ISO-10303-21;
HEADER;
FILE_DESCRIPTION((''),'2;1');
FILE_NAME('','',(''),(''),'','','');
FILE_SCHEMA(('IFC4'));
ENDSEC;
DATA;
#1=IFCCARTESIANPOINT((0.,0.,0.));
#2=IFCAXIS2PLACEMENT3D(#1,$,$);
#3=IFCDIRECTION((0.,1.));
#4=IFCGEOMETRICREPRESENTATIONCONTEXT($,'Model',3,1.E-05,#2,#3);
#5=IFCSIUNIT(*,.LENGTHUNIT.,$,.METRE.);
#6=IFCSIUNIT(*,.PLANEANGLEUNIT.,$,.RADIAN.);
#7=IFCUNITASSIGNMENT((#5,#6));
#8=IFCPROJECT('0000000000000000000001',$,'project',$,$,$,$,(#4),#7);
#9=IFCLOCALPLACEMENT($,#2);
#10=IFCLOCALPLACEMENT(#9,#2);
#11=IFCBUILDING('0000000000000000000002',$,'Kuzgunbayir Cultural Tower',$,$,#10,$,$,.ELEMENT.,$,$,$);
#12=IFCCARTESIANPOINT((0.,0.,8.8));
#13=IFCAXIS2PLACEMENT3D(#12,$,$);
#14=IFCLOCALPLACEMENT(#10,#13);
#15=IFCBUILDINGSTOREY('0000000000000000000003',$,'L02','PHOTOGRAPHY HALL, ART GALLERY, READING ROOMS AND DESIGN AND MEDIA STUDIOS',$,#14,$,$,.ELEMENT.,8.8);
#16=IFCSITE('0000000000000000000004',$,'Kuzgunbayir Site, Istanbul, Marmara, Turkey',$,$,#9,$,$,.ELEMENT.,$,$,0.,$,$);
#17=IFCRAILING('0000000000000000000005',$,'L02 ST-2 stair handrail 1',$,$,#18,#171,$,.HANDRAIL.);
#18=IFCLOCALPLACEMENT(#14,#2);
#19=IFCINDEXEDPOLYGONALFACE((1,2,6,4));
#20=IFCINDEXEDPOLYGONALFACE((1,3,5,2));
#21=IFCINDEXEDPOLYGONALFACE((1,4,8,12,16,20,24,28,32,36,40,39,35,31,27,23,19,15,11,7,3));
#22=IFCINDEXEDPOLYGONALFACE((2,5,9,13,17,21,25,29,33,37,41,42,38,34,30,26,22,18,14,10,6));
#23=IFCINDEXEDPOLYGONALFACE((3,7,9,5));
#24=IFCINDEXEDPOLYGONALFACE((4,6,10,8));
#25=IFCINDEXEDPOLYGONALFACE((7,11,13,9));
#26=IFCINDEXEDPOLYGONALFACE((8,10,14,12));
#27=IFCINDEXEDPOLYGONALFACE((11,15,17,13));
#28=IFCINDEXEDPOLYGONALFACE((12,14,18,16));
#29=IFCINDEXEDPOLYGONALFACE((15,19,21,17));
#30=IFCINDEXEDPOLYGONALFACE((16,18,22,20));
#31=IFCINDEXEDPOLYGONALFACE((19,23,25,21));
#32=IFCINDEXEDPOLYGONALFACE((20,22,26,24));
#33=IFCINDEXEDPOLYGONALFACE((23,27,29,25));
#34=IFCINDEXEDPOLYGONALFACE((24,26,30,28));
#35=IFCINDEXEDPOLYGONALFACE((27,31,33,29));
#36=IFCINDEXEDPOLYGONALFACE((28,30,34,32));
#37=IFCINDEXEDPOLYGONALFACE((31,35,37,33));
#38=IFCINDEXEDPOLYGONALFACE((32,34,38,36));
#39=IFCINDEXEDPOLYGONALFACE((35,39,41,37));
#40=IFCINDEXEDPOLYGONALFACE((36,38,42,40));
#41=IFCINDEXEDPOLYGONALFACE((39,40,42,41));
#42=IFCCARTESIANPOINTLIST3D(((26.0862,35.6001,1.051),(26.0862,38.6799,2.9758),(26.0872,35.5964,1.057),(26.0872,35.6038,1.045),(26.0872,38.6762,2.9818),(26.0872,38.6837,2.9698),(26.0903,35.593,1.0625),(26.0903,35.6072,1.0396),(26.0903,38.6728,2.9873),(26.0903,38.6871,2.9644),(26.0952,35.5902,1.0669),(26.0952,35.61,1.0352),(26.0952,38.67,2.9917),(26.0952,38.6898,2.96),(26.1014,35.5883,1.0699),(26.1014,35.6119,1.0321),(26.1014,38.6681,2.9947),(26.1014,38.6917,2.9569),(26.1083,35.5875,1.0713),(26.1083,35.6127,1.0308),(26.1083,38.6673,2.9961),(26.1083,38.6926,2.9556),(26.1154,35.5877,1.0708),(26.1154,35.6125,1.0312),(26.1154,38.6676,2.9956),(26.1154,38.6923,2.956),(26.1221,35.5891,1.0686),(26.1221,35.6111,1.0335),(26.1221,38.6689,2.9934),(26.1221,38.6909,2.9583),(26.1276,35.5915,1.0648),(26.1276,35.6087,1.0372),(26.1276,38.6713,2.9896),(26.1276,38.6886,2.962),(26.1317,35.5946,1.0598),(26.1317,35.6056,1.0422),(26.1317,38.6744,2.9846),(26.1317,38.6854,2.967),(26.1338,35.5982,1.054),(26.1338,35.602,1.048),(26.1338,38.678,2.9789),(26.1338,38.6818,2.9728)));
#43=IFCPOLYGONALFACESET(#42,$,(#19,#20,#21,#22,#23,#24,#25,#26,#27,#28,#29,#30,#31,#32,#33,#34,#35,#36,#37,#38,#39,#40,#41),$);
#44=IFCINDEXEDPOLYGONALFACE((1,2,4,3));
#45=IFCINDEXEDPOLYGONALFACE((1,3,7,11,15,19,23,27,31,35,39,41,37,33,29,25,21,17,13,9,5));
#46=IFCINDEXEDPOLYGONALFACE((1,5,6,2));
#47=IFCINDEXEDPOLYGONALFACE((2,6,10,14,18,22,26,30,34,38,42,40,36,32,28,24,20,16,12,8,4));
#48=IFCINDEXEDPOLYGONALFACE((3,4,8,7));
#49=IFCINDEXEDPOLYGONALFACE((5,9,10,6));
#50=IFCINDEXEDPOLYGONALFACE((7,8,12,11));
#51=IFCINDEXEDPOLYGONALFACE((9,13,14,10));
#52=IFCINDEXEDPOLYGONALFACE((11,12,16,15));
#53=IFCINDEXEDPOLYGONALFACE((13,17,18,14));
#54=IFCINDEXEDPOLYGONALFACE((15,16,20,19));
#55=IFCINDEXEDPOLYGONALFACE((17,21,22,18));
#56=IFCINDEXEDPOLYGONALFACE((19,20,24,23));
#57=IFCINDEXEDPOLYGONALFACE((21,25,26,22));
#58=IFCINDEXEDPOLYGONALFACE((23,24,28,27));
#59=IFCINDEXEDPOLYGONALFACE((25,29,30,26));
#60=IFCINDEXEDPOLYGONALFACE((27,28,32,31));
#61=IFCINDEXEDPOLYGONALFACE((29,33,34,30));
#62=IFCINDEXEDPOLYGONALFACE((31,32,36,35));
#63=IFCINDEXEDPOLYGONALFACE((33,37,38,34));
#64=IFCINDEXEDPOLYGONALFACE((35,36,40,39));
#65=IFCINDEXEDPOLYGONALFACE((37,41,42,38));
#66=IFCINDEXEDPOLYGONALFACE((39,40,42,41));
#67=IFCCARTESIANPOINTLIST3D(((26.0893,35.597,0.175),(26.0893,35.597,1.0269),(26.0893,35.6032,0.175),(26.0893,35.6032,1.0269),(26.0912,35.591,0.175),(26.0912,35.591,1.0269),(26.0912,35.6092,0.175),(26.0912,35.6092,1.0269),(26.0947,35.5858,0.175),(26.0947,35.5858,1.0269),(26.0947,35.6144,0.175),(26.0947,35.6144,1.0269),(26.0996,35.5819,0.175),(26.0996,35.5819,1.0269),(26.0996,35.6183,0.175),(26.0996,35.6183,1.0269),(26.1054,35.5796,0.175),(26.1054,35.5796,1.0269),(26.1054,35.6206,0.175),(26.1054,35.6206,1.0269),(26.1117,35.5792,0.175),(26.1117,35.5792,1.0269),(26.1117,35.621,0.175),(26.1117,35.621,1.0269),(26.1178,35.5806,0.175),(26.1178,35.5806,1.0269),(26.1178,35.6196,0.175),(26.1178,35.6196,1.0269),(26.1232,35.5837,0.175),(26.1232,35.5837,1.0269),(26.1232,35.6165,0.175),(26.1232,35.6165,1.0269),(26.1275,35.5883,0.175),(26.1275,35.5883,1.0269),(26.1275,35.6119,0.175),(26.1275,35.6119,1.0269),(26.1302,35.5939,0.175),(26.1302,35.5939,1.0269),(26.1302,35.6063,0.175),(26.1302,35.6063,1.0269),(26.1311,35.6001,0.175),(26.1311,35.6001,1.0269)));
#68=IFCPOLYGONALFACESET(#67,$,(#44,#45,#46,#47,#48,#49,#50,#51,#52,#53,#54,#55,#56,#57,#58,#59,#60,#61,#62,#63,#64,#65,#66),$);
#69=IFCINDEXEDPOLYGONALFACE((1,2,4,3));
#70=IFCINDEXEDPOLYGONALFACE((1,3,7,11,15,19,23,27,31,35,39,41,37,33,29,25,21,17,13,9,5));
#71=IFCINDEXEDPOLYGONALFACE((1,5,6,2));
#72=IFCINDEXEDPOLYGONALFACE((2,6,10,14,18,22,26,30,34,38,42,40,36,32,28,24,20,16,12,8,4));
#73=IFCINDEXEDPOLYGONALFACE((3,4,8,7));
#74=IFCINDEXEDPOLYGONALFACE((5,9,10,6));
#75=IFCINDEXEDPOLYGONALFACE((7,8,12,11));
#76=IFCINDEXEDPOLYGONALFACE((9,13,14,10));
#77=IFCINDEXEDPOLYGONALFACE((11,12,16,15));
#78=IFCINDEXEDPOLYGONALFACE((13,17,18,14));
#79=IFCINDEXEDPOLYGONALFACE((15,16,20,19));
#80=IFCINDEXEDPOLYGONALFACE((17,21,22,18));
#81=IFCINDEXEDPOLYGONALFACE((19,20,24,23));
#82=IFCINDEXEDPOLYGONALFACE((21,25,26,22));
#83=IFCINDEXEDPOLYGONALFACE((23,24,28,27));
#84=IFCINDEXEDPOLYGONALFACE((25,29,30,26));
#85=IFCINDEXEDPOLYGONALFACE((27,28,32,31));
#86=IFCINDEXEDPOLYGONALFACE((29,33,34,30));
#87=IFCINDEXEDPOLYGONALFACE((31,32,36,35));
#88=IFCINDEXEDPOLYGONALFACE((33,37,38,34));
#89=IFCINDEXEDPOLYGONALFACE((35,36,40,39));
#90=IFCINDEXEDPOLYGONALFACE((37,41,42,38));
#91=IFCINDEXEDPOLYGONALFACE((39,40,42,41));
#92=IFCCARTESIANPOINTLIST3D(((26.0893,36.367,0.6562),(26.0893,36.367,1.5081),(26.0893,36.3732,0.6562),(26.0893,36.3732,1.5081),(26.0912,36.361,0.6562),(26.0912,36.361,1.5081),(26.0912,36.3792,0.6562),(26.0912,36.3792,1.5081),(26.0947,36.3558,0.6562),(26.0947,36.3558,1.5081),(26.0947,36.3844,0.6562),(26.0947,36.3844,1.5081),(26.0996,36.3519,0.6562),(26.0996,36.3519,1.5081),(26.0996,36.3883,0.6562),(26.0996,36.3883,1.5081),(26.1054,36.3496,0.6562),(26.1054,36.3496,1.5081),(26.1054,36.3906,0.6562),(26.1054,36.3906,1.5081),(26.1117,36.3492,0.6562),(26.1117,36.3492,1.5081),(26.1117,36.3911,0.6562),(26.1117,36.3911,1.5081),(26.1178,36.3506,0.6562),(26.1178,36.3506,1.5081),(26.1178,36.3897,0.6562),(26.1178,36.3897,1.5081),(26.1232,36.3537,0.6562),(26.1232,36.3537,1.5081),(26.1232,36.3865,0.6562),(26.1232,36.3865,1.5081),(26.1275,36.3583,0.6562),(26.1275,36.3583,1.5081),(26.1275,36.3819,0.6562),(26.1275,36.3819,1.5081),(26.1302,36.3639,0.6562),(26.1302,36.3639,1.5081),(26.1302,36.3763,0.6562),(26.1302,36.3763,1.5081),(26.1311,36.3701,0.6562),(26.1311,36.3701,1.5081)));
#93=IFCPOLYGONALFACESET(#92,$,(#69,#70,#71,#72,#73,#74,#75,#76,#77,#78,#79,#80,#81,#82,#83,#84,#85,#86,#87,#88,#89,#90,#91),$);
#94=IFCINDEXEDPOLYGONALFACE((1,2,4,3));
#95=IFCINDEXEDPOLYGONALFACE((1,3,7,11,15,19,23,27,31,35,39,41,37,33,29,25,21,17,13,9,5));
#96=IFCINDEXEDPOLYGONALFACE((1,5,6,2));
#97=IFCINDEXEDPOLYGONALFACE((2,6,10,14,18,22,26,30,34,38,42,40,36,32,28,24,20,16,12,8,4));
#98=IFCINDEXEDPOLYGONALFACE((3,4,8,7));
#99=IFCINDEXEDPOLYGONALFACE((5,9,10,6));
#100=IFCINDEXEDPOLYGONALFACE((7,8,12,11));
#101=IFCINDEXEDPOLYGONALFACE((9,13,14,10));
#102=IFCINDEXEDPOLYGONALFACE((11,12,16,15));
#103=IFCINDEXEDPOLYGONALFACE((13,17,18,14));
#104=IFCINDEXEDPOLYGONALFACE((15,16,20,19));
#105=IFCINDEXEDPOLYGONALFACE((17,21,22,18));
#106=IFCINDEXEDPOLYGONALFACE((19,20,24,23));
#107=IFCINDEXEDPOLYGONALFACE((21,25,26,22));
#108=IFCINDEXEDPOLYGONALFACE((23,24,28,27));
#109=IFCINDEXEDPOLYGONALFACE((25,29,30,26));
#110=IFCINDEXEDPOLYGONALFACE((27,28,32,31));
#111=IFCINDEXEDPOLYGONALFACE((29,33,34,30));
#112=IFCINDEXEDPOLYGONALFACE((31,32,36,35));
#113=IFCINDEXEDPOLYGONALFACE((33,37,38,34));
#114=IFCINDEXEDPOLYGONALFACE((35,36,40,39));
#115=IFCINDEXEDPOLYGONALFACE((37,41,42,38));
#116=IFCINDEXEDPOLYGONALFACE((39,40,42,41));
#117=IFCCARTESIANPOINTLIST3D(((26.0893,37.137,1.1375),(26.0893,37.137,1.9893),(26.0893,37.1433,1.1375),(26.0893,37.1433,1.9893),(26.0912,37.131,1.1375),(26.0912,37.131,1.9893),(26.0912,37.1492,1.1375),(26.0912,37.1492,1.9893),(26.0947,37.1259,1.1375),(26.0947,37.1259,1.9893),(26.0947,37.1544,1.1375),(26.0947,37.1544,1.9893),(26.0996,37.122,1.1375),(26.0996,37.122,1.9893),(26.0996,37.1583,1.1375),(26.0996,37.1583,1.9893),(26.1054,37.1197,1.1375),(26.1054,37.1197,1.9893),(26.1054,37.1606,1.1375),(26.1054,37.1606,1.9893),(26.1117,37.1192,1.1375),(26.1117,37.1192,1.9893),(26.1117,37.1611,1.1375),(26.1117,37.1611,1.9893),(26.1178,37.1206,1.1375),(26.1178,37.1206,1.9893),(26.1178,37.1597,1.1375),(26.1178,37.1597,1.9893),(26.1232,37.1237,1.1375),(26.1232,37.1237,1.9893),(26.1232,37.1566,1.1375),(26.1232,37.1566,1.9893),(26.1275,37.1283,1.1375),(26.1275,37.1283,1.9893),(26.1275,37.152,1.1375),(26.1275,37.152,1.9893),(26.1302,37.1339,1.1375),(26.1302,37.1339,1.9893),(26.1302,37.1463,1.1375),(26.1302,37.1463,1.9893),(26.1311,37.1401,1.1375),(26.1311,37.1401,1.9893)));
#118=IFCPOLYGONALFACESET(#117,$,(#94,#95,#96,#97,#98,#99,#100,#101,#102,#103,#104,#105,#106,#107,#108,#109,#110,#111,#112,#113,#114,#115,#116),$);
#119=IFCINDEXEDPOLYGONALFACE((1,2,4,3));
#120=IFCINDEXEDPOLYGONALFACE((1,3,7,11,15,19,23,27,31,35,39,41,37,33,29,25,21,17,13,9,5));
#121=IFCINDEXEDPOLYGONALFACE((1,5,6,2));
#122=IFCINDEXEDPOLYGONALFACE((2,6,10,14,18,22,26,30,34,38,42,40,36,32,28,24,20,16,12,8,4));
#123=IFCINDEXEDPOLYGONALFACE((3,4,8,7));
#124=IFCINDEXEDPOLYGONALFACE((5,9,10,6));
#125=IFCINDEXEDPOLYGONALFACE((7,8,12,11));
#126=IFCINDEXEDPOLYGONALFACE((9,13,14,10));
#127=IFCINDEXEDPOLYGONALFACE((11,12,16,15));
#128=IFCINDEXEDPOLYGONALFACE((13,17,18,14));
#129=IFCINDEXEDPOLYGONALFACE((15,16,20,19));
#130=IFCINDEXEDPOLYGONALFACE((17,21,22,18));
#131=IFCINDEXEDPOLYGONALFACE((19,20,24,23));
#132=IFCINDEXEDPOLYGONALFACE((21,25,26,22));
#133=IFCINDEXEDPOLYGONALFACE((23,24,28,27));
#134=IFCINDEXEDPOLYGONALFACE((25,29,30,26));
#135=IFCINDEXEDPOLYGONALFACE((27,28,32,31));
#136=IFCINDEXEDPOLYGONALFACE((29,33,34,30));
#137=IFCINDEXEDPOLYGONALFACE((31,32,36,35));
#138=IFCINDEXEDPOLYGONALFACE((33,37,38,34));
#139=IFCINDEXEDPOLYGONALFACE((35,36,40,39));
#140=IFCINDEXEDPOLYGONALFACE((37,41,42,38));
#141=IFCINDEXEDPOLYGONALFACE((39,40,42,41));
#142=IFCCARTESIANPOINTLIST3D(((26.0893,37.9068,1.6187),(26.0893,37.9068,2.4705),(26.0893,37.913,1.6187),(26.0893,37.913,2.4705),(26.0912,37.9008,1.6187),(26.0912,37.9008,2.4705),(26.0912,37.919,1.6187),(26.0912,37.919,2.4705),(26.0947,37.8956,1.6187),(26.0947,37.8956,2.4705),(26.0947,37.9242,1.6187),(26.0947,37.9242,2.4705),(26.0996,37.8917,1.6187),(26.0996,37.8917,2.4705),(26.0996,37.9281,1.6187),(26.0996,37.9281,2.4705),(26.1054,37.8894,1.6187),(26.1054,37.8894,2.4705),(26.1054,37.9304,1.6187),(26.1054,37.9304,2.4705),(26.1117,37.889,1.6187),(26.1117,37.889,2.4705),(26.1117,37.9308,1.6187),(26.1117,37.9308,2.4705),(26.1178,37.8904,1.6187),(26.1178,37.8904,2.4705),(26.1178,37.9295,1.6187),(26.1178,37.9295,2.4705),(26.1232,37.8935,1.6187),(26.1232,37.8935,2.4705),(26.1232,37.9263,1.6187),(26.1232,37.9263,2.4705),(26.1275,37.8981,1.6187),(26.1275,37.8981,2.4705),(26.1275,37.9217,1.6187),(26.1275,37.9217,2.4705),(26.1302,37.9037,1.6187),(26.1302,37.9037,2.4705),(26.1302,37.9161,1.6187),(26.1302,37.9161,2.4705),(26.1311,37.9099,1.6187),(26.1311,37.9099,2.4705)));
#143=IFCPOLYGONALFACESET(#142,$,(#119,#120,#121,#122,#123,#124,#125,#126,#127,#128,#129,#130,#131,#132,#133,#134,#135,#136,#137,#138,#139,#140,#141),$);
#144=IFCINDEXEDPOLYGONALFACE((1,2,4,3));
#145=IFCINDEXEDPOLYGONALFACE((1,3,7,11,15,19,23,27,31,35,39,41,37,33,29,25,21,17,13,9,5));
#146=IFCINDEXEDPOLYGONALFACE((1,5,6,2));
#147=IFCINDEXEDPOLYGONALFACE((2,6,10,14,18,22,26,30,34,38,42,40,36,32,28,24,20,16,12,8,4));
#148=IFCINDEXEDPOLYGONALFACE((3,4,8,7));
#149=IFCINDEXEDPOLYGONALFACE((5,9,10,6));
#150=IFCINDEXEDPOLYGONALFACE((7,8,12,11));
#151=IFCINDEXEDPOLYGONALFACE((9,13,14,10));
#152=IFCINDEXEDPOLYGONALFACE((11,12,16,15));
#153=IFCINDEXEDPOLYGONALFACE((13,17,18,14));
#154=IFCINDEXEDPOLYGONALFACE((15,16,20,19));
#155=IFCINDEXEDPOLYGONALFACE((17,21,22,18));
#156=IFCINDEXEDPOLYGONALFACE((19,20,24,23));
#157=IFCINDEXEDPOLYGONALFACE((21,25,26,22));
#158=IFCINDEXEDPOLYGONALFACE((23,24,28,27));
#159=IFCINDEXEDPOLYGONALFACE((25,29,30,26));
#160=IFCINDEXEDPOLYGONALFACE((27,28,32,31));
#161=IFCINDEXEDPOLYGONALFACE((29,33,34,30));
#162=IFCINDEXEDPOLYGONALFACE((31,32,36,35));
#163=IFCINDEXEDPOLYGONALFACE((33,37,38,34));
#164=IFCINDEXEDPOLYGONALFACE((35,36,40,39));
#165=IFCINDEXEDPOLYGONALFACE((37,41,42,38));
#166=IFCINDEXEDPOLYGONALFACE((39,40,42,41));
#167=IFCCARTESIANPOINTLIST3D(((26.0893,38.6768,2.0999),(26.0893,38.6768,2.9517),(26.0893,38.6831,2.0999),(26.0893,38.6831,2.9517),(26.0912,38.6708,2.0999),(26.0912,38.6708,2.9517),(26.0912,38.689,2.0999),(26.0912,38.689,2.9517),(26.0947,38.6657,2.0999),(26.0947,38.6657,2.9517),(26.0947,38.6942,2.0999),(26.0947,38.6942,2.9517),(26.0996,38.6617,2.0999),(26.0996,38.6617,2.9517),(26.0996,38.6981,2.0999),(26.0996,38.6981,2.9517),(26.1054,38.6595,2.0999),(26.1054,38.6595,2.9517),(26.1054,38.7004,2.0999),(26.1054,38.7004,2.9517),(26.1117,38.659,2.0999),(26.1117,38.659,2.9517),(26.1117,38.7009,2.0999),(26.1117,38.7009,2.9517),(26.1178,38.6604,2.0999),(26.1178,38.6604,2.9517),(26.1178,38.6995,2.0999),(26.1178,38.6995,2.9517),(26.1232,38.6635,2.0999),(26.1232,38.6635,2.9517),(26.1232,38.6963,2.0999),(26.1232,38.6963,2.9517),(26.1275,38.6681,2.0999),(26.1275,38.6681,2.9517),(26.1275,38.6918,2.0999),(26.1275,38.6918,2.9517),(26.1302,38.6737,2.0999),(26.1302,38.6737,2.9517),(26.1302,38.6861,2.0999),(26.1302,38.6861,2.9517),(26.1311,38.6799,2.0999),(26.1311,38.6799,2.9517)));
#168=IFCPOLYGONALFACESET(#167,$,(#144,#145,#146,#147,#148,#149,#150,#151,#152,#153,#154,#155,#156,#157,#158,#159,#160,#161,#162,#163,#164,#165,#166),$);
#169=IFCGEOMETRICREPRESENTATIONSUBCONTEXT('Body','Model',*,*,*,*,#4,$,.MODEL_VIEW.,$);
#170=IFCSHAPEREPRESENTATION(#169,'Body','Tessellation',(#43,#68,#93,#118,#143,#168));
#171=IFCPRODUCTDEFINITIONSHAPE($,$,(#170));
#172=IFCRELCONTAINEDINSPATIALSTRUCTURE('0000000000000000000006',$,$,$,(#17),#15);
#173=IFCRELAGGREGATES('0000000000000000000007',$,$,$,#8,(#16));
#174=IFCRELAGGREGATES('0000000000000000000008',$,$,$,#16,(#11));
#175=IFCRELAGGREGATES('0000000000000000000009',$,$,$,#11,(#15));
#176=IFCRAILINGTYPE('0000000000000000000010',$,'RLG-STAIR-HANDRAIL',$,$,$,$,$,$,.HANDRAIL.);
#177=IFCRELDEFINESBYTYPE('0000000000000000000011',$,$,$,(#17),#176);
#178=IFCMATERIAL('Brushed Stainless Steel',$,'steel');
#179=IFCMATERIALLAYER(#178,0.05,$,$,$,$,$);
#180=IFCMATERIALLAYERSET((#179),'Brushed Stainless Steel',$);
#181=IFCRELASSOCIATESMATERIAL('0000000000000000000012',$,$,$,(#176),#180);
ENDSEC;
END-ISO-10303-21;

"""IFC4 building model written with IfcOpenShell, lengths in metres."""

from ifc_helpers import new_model, si_unit, direction, frame, origin, origin_2d, place, context, subcontext, project, spatial, circle, extrude, material, layer, layer_set, type_object, element, save


model = new_model("IFC4")

# Units and contexts
model_context = context("Model", 3, precision=1e-05, world=origin(), true_north=direction((0.0, 1.0)))
body_context = subcontext(model_context, "Body", "Model", "MODEL_VIEW")
ifc_project = project(units=[si_unit("LENGTHUNIT", "METRE"), si_unit("PLANEANGLEUNIT", "RADIAN")], contexts=[model_context])

# Site, building, storey
site_placement = place(None, origin())
site = spatial("IfcSite", under=ifc_project, at=site_placement, Name="Kuzgunbayir Site, Istanbul, Marmara, Turkey", CompositionType="ELEMENT", RefElevation=0.0)
building_placement = place(site_placement, origin())
building = spatial("IfcBuilding", under=site, at=building_placement, Name="Kuzgunbayir Cultural Tower", CompositionType="ELEMENT")
storey_placement = place(building_placement, frame((0.0, 0.0, 8.8)))
storey = spatial("IfcBuildingStorey", under=building, at=storey_placement, Name="L02", Description="PHOTOGRAPHY HALL, ART GALLERY, READING ROOMS AND DESIGN AND MEDIA STUDIOS", CompositionType="ELEMENT", Elevation=8.8)

# Railing
ifc_material_1 = material(Name="Brushed Stainless Steel", Category="steel")
ifc_layer_1 = layer(ifc_material_1, 0.05)
ifc_layer_set_1 = layer_set([ifc_layer_1], Name="Brushed Stainless Steel")
railing_type_1 = type_object("IfcRailingType", Name="RLG-STAIR-HANDRAIL", PredefinedType="HANDRAIL", material=ifc_layer_set_1)
railing_1_placement = place(storey_placement, frame((26.1101, 35.6001, 0.175)))
element("IfcRailing", 1, at=railing_1_placement, inside=storey, type_object=railing_type_1, Name="L02 ST-2 stair handrail 1", PredefinedType="HANDRAIL", context=body_context, shape_type="SweptSolid", body=[
    extrude(circle(Radius=0.0239, at=origin_2d()), frame((0.0, 0.0, 0.876), z_axis=(0.0, 0.84801, 0.529981), x_axis=(-1.0, 0.0, 0.0)), (0.0, 0.0, 1.0), 3.6318),
    extrude(circle(Radius=0.021, at=origin_2d()), origin(), (0.0, 0.0, 1.0), 0.8518),
    extrude(circle(Radius=0.021, at=origin_2d()), frame((0.0, 0.77, 0.4812)), (0.0, 0.0, 1.0), 0.8518),
    extrude(circle(Radius=0.021, at=origin_2d()), frame((0.0, 1.54, 0.9624)), (0.0, 0.0, 1.0), 0.8518),
    extrude(circle(Radius=0.021, at=origin_2d()), frame((0.0, 2.3098, 1.4436)), (0.0, 0.0, 1.0), 0.8518),
    extrude(circle(Radius=0.021, at=origin_2d()), frame((0.0, 3.0798, 1.9248)), (0.0, 0.0, 1.0), 0.8518),
])

save(model, "model.ifc")
